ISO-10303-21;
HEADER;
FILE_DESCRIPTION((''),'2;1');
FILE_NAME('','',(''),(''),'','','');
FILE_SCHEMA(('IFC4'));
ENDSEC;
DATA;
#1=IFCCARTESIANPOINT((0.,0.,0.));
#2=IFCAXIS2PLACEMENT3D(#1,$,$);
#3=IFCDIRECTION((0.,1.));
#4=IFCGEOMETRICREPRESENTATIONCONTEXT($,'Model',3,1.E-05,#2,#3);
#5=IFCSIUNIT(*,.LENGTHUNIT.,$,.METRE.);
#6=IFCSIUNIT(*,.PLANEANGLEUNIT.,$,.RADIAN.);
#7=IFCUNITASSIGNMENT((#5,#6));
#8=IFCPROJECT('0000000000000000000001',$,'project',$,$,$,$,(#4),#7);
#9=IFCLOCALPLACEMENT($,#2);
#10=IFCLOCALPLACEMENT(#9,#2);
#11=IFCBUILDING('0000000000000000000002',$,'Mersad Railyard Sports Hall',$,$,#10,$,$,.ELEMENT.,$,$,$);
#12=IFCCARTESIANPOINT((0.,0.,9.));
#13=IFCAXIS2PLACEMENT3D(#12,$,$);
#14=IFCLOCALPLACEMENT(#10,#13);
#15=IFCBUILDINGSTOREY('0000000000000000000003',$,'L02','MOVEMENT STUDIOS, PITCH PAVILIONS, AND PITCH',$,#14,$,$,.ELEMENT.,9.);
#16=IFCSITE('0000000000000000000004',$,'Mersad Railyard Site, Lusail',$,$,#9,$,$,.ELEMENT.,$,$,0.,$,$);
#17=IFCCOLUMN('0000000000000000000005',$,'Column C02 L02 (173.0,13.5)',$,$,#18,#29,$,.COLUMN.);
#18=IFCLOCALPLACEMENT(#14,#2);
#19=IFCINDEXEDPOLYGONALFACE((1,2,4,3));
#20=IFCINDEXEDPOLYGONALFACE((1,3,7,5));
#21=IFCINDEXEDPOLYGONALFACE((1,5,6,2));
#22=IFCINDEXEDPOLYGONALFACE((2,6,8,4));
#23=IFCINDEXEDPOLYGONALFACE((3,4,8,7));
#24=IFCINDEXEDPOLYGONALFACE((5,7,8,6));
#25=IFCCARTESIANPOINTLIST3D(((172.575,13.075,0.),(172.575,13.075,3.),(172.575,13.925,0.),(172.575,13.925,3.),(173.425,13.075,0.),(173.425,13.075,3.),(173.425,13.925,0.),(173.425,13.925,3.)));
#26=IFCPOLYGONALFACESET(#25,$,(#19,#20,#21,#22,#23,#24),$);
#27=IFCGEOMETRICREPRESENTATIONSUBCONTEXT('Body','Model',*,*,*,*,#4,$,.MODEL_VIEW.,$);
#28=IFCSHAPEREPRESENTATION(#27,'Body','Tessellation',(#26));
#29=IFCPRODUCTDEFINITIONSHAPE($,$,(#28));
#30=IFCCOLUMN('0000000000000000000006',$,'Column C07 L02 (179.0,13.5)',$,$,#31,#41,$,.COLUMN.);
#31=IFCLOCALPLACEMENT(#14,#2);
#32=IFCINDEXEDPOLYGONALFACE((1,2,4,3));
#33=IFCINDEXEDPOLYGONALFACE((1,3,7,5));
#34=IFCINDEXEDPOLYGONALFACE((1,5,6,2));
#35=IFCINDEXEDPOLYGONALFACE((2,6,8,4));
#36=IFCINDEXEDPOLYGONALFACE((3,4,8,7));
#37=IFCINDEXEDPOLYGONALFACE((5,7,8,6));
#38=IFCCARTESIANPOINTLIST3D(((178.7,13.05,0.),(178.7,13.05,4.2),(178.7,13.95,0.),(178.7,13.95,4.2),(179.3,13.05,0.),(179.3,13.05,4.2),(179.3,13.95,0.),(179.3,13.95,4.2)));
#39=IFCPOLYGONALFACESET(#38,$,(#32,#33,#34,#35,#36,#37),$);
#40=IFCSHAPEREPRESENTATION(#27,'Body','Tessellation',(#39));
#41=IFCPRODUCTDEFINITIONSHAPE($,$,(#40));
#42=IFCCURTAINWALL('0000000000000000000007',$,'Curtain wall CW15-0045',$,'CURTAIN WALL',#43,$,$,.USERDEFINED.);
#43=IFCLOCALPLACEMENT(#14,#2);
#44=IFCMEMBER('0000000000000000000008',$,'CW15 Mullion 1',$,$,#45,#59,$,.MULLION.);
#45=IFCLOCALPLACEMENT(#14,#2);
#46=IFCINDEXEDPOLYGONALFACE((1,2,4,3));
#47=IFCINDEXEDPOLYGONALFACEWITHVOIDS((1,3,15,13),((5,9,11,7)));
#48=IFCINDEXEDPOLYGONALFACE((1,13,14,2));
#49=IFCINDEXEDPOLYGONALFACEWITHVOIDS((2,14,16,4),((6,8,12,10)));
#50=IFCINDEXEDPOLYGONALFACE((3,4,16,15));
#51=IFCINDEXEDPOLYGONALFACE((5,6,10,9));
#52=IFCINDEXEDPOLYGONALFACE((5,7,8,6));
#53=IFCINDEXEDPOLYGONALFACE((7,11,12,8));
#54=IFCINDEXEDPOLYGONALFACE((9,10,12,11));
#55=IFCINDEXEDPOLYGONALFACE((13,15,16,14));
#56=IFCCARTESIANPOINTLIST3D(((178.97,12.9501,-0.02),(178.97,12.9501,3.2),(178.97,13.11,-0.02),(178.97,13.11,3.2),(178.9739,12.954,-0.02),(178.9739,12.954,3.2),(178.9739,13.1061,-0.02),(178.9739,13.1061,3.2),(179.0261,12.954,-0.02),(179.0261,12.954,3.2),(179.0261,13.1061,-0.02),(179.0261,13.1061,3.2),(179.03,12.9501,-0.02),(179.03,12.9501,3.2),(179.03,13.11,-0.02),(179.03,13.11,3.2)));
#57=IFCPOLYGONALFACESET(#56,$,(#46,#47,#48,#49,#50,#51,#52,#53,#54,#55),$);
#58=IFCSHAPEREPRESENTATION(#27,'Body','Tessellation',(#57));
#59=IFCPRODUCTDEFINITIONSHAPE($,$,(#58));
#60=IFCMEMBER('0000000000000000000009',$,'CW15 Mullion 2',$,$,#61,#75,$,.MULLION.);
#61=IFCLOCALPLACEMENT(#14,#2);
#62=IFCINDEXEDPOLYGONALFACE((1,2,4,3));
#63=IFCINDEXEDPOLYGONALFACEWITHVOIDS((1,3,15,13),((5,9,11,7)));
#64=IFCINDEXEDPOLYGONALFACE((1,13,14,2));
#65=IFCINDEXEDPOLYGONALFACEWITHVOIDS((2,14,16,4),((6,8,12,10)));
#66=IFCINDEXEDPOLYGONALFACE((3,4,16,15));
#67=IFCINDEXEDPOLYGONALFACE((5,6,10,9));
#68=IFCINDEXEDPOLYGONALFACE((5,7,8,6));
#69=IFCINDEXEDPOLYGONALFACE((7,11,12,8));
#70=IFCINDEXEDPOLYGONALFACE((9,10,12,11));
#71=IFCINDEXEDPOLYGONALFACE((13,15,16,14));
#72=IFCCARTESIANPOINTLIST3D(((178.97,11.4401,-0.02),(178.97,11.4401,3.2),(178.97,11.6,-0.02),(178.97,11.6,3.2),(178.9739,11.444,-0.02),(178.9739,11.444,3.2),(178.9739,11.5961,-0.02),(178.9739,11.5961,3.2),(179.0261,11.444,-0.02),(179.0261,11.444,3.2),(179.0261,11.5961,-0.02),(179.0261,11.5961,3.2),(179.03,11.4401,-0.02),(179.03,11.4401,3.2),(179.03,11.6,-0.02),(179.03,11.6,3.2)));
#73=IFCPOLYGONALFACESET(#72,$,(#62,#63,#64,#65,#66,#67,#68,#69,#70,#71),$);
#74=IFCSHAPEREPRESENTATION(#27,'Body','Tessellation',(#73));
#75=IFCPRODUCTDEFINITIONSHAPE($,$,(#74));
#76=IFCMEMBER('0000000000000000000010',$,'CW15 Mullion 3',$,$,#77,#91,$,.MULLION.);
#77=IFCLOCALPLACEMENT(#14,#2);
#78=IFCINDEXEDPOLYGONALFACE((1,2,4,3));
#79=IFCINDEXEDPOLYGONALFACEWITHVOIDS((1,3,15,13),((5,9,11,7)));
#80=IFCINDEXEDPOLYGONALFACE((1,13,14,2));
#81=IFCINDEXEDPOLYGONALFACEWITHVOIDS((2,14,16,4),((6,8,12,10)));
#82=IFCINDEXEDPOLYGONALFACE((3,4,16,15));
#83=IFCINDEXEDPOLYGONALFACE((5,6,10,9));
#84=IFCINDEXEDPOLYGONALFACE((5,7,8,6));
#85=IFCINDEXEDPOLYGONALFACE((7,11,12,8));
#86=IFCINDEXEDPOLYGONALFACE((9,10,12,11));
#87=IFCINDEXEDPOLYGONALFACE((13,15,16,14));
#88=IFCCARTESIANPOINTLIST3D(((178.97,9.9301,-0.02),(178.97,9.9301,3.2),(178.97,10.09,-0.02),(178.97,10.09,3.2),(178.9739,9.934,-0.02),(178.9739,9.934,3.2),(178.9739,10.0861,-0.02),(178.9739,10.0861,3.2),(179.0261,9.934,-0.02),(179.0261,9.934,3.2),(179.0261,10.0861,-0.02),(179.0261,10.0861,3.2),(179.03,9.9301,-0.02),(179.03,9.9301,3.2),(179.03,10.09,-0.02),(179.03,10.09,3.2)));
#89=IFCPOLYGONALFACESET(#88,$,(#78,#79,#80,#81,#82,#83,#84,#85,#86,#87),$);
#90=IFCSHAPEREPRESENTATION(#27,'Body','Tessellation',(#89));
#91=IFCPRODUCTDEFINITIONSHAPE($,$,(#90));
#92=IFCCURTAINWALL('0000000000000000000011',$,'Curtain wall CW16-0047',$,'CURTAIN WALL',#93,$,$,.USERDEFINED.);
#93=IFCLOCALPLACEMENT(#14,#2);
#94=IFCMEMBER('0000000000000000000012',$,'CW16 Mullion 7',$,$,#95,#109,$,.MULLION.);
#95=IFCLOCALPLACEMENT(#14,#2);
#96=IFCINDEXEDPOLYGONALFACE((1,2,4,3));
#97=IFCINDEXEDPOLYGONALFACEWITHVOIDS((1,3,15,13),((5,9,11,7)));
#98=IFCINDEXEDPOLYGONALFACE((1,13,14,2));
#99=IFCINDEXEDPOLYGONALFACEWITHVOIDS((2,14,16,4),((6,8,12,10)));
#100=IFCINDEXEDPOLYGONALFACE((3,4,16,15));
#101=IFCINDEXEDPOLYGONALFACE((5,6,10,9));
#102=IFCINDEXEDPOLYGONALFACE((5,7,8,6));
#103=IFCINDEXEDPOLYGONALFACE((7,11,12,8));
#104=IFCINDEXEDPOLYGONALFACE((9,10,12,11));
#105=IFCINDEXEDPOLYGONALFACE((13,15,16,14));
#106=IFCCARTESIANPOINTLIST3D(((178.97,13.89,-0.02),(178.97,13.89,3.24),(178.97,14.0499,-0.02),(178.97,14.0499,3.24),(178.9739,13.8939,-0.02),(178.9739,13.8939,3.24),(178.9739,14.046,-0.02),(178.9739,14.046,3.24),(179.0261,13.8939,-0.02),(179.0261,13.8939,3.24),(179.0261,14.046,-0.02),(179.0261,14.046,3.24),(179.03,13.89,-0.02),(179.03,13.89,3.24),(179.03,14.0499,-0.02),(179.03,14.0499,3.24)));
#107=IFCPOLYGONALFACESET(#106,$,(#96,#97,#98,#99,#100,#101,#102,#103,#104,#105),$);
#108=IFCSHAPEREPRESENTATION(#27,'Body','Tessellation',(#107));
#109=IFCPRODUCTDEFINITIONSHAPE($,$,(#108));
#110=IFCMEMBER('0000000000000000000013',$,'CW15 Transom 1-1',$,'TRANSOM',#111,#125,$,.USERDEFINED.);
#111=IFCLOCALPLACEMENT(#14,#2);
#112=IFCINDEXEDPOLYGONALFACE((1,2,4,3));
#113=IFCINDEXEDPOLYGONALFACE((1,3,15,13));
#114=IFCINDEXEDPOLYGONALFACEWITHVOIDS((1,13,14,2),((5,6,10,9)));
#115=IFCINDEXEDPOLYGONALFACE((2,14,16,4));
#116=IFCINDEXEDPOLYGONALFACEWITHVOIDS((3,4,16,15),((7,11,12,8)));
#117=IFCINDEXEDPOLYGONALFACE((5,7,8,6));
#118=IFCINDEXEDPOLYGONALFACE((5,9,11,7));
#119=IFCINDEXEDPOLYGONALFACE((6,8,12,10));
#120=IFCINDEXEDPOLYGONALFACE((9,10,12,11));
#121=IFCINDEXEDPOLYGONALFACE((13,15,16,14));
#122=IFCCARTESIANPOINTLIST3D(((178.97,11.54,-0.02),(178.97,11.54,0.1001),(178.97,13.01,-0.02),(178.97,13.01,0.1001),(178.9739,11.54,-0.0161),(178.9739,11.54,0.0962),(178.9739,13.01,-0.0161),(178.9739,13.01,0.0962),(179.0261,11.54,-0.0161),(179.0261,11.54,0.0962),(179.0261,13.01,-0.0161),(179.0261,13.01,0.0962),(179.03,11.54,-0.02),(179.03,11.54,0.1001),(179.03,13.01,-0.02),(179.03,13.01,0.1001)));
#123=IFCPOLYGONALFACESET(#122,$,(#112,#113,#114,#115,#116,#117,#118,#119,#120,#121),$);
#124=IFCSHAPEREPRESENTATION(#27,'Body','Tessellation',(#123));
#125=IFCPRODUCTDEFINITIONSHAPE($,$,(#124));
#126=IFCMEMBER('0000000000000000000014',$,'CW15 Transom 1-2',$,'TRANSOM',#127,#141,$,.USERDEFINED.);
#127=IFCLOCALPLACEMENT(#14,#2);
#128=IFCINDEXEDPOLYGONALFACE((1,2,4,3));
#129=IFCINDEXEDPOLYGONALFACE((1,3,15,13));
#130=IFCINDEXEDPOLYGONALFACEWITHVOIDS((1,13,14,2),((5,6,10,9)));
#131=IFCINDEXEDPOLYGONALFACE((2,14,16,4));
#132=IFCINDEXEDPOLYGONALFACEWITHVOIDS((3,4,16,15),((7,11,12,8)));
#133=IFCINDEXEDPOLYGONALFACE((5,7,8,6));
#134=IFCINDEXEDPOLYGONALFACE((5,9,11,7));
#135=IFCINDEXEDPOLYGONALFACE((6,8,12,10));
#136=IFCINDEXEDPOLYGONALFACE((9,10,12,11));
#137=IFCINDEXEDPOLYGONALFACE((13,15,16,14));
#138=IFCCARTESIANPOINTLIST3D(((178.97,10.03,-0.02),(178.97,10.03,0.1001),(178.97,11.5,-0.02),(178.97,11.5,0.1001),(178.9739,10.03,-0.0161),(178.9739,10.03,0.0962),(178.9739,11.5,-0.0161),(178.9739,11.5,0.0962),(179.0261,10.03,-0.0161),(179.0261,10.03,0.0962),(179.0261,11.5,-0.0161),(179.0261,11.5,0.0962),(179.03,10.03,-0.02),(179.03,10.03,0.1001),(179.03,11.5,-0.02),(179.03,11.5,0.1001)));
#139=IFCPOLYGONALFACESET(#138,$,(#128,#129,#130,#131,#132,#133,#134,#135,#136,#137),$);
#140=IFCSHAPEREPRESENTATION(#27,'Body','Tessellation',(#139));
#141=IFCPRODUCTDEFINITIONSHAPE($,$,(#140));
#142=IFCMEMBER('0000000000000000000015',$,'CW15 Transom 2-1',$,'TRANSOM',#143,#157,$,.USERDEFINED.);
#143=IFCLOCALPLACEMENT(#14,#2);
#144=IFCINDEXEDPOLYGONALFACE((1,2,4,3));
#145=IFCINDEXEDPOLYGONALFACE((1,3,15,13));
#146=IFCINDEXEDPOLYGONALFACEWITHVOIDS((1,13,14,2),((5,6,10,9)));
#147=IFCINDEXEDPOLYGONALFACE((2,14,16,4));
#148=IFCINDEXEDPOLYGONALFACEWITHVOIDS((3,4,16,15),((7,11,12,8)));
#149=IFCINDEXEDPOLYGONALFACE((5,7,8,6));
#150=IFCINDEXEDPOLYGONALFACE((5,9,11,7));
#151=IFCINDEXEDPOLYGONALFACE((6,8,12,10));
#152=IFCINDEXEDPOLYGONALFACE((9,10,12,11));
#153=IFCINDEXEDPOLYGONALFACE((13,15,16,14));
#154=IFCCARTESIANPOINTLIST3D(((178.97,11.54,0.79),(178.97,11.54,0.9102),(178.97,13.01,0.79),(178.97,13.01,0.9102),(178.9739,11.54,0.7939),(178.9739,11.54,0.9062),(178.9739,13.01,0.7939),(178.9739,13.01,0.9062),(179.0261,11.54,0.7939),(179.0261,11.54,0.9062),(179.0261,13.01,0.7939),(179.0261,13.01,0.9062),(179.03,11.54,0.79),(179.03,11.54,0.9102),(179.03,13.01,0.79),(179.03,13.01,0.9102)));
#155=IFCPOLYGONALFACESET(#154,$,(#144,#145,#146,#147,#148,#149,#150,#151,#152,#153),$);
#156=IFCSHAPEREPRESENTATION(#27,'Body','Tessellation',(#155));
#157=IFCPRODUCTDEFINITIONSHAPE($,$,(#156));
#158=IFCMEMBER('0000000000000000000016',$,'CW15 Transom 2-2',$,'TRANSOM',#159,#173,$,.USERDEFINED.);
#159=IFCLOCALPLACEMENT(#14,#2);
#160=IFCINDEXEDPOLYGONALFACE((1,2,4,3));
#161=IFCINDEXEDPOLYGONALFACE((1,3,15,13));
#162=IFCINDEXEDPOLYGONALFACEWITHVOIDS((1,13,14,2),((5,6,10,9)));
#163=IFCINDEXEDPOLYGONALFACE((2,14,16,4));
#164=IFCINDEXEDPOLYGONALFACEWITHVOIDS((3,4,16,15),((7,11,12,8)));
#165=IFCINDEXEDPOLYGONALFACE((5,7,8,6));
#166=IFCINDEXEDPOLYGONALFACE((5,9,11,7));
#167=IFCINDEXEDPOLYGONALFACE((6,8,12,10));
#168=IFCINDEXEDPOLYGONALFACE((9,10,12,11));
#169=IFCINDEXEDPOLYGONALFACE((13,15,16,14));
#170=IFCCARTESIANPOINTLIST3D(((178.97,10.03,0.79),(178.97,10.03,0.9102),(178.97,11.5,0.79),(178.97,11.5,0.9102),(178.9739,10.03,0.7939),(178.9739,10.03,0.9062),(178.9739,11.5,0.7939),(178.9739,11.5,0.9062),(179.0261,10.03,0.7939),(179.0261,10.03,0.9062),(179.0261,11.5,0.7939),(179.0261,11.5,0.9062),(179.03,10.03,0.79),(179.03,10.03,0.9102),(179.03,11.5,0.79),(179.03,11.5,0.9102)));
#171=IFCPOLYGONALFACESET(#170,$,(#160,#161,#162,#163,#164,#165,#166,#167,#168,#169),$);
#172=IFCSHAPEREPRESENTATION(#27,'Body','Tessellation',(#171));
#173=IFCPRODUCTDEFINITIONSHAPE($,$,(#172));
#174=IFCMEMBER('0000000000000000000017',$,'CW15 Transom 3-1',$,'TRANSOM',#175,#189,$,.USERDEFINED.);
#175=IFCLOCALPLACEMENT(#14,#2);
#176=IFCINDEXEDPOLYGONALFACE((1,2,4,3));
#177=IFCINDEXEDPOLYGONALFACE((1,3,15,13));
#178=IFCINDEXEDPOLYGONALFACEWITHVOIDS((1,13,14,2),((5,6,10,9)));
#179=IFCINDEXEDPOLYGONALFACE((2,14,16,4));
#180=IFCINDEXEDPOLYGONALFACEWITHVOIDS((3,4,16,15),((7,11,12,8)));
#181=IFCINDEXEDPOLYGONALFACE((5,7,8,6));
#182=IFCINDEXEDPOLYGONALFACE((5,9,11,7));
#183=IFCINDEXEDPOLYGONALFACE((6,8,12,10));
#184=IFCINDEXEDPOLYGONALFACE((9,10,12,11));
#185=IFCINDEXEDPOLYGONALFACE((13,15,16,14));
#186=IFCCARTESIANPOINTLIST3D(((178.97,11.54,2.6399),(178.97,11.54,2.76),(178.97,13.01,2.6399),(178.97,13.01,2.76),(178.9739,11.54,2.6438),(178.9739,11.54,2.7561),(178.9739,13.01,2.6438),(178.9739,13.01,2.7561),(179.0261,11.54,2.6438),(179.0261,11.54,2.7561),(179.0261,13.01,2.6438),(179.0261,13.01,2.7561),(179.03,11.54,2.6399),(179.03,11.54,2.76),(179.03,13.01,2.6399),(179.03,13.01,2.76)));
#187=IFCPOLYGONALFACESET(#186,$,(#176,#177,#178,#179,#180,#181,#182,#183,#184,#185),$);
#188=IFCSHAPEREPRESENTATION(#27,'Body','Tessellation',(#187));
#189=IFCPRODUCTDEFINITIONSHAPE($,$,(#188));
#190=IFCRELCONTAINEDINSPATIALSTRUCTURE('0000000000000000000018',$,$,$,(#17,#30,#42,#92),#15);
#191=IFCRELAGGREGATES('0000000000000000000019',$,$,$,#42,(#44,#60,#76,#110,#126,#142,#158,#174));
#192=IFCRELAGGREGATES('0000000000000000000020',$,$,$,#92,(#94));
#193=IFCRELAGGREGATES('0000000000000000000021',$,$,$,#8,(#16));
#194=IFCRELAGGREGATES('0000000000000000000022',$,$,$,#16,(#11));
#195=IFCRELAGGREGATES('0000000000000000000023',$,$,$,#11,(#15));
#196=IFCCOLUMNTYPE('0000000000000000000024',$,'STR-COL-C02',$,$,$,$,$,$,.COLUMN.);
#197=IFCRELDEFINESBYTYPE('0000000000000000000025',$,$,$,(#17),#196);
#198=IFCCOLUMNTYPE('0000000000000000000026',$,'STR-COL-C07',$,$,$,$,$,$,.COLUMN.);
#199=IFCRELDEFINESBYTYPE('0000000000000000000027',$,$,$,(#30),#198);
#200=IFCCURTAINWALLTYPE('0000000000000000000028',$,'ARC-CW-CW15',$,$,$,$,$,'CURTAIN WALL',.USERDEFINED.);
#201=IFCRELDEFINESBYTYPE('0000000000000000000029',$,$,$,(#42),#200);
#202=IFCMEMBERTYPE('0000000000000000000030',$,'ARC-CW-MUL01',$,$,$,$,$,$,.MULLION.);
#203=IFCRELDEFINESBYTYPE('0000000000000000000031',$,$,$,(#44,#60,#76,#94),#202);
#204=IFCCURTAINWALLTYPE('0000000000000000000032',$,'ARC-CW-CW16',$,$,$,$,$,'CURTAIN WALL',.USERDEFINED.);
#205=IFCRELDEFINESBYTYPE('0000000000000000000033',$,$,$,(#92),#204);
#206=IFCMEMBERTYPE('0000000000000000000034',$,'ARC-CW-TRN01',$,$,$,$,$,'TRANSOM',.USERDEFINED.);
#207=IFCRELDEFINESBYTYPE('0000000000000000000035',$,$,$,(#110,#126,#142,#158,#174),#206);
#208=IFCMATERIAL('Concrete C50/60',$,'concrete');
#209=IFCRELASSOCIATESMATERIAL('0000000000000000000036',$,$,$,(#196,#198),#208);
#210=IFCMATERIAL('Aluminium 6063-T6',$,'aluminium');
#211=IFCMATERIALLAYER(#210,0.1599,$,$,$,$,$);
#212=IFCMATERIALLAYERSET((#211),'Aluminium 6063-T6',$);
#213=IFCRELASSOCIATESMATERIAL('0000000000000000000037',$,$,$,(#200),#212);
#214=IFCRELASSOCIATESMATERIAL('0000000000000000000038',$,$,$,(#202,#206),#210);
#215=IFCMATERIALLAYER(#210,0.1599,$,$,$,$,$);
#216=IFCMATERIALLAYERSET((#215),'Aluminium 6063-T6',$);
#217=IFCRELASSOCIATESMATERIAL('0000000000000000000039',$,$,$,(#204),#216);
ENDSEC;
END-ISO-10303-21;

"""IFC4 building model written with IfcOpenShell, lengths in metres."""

from ifc_helpers import new_model, si_unit, direction, frame, origin, origin_2d, place, context, subcontext, project, spatial, rectangle, hollow_rectangle, extrude, material, layer, layer_set, material_profile, profile_set, type_object, element, aggregate, save


model = new_model("IFC4")

# Units and contexts
model_context = context("Model", 3, precision=1e-05, world=origin(), true_north=direction((0.0, 1.0)))
body_context = subcontext(model_context, "Body", "Model", "MODEL_VIEW")
ifc_project = project(units=[si_unit("LENGTHUNIT", "METRE"), si_unit("PLANEANGLEUNIT", "RADIAN")], contexts=[model_context])

# Site, building, storey
site_placement = place(None, origin())
site = spatial("IfcSite", under=ifc_project, at=site_placement, Name="Mersad Railyard Site, Lusail", CompositionType="ELEMENT", RefElevation=0.0)
building_placement = place(site_placement, origin())
building = spatial("IfcBuilding", under=site, at=building_placement, Name="Mersad Railyard Sports Hall", CompositionType="ELEMENT")
storey_placement = place(building_placement, frame((0.0, 0.0, 9.0)))
storey = spatial("IfcBuildingStorey", under=building, at=storey_placement, Name="L02", Description="MOVEMENT STUDIOS, PITCH PAVILIONS, AND PITCH", CompositionType="ELEMENT", Elevation=9.0)

# Columns
ifc_material_1 = material(Name="Concrete C50/60", Category="concrete")
ifc_material_profile_1 = material_profile(ifc_material_1, rectangle(XDim=0.8501, YDim=0.8501, at=origin_2d()), Name="RC 850x850")
ifc_profile_set_1 = profile_set([ifc_material_profile_1], Name="Concrete C50/60")
column_type_1 = type_object("IfcColumnType", Name="STR-COL-C02", PredefinedType="COLUMN", material=ifc_profile_set_1)
column_1_placement = place(storey_placement, frame((173.0, 13.5, 0.0), z_axis=(0.0, 0.0, 1.0), x_axis=(1.0, 0.0, 0.0)))
element("IfcColumn", 1, at=column_1_placement, inside=storey, type_object=column_type_1, Name="Column C02 L02 (173.0,13.5)", PredefinedType="COLUMN", context=body_context, shape_type="SweptSolid", body=[
    extrude(rectangle(XDim=0.8501, YDim=0.8501, at=origin_2d()), origin(), (0.0, 0.0, 1.0), 3.0),
])
ifc_material_profile_2 = material_profile(ifc_material_1, rectangle(XDim=0.6001, YDim=0.8999, at=origin_2d()), Name="RC 600x900")
ifc_profile_set_2 = profile_set([ifc_material_profile_2], Name="Concrete C50/60")
column_type_2 = type_object("IfcColumnType", Name="STR-COL-C07", PredefinedType="COLUMN", material=ifc_profile_set_2)
column_2_placement = place(storey_placement, frame((179.0, 13.5, 0.0), z_axis=(0.0, 0.0, 1.0), x_axis=(1.0, 0.0, 0.0)))
element("IfcColumn", 2, at=column_2_placement, inside=storey, type_object=column_type_2, Name="Column C07 L02 (179.0,13.5)", PredefinedType="COLUMN", context=body_context, shape_type="SweptSolid", body=[
    extrude(rectangle(XDim=0.6001, YDim=0.8999, at=origin_2d()), origin(), (0.0, 0.0, 1.0), 4.2),
])

# Curtain wall, members
ifc_material_2 = material(Name="Aluminium 6063-T6", Category="aluminium")
ifc_layer_1 = layer(ifc_material_2, 0.1599)
ifc_layer_set_1 = layer_set([ifc_layer_1], Name="Aluminium 6063-T6")
curtain_wall_type_1 = type_object("IfcCurtainWallType", Name="ARC-CW-CW15", ElementType="CURTAIN WALL", PredefinedType="USERDEFINED", material=ifc_layer_set_1)
curtain_wall_1_placement = place(storey_placement, origin())
curtain_wall_1 = element("IfcCurtainWall", 3, at=curtain_wall_1_placement, inside=storey, type_object=curtain_wall_type_1, Name="Curtain wall CW15-0045", ObjectType="CURTAIN WALL", PredefinedType="USERDEFINED")
ifc_material_profile_3 = material_profile(ifc_material_2, hollow_rectangle(XDim=0.0601, YDim=0.1599, WallThickness=0.0039, at=origin_2d()), Name="AL MULLION 60x160x4")
ifc_profile_set_3 = profile_set([ifc_material_profile_3], Name="Aluminium 6063-T6")
member_type_1 = type_object("IfcMemberType", Name="ARC-CW-MUL01", PredefinedType="MULLION", material=ifc_profile_set_3)
member_1_placement = place(storey_placement, frame((179.0, 13.03, -0.02), z_axis=(0.0, 0.0, 1.0), x_axis=(1.0, 0.0, 0.0)))
member_1 = element("IfcMember", 4, at=member_1_placement, type_object=member_type_1, Name="CW15 Mullion 1", PredefinedType="MULLION", context=body_context, shape_type="SweptSolid", body=[
    extrude(hollow_rectangle(XDim=0.0601, YDim=0.1599, WallThickness=0.0039, at=origin_2d()), origin(), (0.0, 0.0, 1.0), 3.22),
])
member_2_placement = place(storey_placement, frame((179.0, 11.52, -0.02), z_axis=(0.0, 0.0, 1.0), x_axis=(1.0, 0.0, 0.0)))
member_2 = element("IfcMember", 5, at=member_2_placement, type_object=member_type_1, Name="CW15 Mullion 2", PredefinedType="MULLION", context=body_context, shape_type="SweptSolid", body=[
    extrude(hollow_rectangle(XDim=0.0601, YDim=0.1599, WallThickness=0.0039, at=origin_2d()), origin(), (0.0, 0.0, 1.0), 3.22),
])
member_3_placement = place(storey_placement, frame((179.0, 10.01, -0.02), z_axis=(0.0, 0.0, 1.0), x_axis=(1.0, 0.0, 0.0)))
member_3 = element("IfcMember", 6, at=member_3_placement, type_object=member_type_1, Name="CW15 Mullion 3", PredefinedType="MULLION", context=body_context, shape_type="SweptSolid", body=[
    extrude(hollow_rectangle(XDim=0.0601, YDim=0.1599, WallThickness=0.0039, at=origin_2d()), origin(), (0.0, 0.0, 1.0), 3.22),
])

# Curtain wall, member
ifc_layer_2 = layer(ifc_material_2, 0.1599)
ifc_layer_set_2 = layer_set([ifc_layer_2], Name="Aluminium 6063-T6")
curtain_wall_type_2 = type_object("IfcCurtainWallType", Name="ARC-CW-CW16", ElementType="CURTAIN WALL", PredefinedType="USERDEFINED", material=ifc_layer_set_2)
curtain_wall_2_placement = place(storey_placement, origin())
curtain_wall_2 = element("IfcCurtainWall", 7, at=curtain_wall_2_placement, inside=storey, type_object=curtain_wall_type_2, Name="Curtain wall CW16-0047", ObjectType="CURTAIN WALL", PredefinedType="USERDEFINED")
member_4_placement = place(storey_placement, frame((179.0, 13.97, -0.02), z_axis=(0.0, 0.0, 1.0), x_axis=(1.0, 0.0, 0.0)))
member_4 = element("IfcMember", 8, at=member_4_placement, type_object=member_type_1, Name="CW16 Mullion 7", PredefinedType="MULLION", context=body_context, shape_type="SweptSolid", body=[
    extrude(hollow_rectangle(XDim=0.0601, YDim=0.1599, WallThickness=0.0039, at=origin_2d()), origin(), (0.0, 0.0, 1.0), 3.26),
])

# Members
ifc_material_profile_4 = material_profile(ifc_material_2, hollow_rectangle(XDim=0.0601, YDim=0.1201, WallThickness=0.0039, at=origin_2d()), Name="AL TRANSOM 60x120x4")
ifc_profile_set_4 = profile_set([ifc_material_profile_4], Name="Aluminium 6063-T6")
member_type_2 = type_object("IfcMemberType", Name="ARC-CW-TRN01", ElementType="TRANSOM", PredefinedType="USERDEFINED", material=ifc_profile_set_4)
member_5_placement = place(storey_placement, frame((179.0, 13.01, 0.04), z_axis=(0.0, -1.0, 0.0), x_axis=(1.0, 0.0, 0.0)))
member_5 = element("IfcMember", 9, at=member_5_placement, type_object=member_type_2, Name="CW15 Transom 1-1", ObjectType="TRANSOM", PredefinedType="USERDEFINED", context=body_context, shape_type="SweptSolid", body=[
    extrude(hollow_rectangle(XDim=0.0601, YDim=0.1201, WallThickness=0.0039, at=origin_2d()), origin(), (0.0, 0.0, 1.0), 1.47),
])
member_6_placement = place(storey_placement, frame((179.0, 11.5, 0.04), z_axis=(0.0, -1.0, 0.0), x_axis=(1.0, 0.0, 0.0)))
member_6 = element("IfcMember", 10, at=member_6_placement, type_object=member_type_2, Name="CW15 Transom 1-2", ObjectType="TRANSOM", PredefinedType="USERDEFINED", context=body_context, shape_type="SweptSolid", body=[
    extrude(hollow_rectangle(XDim=0.0601, YDim=0.1201, WallThickness=0.0039, at=origin_2d()), origin(), (0.0, 0.0, 1.0), 1.47),
])
member_7_placement = place(storey_placement, frame((179.0, 13.01, 0.8501), z_axis=(0.0, -1.0, 0.0), x_axis=(1.0, 0.0, 0.0)))
member_7 = element("IfcMember", 11, at=member_7_placement, type_object=member_type_2, Name="CW15 Transom 2-1", ObjectType="TRANSOM", PredefinedType="USERDEFINED", context=body_context, shape_type="SweptSolid", body=[
    extrude(hollow_rectangle(XDim=0.0601, YDim=0.1201, WallThickness=0.0039, at=origin_2d()), origin(), (0.0, 0.0, 1.0), 1.47),
])
member_8_placement = place(storey_placement, frame((179.0, 11.5, 0.8501), z_axis=(0.0, -1.0, 0.0), x_axis=(1.0, 0.0, 0.0)))
member_8 = element("IfcMember", 12, at=member_8_placement, type_object=member_type_2, Name="CW15 Transom 2-2", ObjectType="TRANSOM", PredefinedType="USERDEFINED", context=body_context, shape_type="SweptSolid", body=[
    extrude(hollow_rectangle(XDim=0.0601, YDim=0.1201, WallThickness=0.0039, at=origin_2d()), origin(), (0.0, 0.0, 1.0), 1.47),
])
member_9_placement = place(storey_placement, frame((179.0, 13.01, 2.7), z_axis=(0.0, -1.0, 0.0), x_axis=(1.0, 0.0, 0.0)))
member_9 = element("IfcMember", 13, at=member_9_placement, type_object=member_type_2, Name="CW15 Transom 3-1", ObjectType="TRANSOM", PredefinedType="USERDEFINED", context=body_context, shape_type="SweptSolid", body=[
    extrude(hollow_rectangle(XDim=0.0601, YDim=0.1201, WallThickness=0.0039, at=origin_2d()), origin(), (0.0, 0.0, 1.0), 1.47),
])

aggregate(curtain_wall_1, [member_1, member_2, member_3, member_5, member_6, member_7, member_8, member_9])
aggregate(curtain_wall_2, [member_4])

save(model, "model.ifc")
